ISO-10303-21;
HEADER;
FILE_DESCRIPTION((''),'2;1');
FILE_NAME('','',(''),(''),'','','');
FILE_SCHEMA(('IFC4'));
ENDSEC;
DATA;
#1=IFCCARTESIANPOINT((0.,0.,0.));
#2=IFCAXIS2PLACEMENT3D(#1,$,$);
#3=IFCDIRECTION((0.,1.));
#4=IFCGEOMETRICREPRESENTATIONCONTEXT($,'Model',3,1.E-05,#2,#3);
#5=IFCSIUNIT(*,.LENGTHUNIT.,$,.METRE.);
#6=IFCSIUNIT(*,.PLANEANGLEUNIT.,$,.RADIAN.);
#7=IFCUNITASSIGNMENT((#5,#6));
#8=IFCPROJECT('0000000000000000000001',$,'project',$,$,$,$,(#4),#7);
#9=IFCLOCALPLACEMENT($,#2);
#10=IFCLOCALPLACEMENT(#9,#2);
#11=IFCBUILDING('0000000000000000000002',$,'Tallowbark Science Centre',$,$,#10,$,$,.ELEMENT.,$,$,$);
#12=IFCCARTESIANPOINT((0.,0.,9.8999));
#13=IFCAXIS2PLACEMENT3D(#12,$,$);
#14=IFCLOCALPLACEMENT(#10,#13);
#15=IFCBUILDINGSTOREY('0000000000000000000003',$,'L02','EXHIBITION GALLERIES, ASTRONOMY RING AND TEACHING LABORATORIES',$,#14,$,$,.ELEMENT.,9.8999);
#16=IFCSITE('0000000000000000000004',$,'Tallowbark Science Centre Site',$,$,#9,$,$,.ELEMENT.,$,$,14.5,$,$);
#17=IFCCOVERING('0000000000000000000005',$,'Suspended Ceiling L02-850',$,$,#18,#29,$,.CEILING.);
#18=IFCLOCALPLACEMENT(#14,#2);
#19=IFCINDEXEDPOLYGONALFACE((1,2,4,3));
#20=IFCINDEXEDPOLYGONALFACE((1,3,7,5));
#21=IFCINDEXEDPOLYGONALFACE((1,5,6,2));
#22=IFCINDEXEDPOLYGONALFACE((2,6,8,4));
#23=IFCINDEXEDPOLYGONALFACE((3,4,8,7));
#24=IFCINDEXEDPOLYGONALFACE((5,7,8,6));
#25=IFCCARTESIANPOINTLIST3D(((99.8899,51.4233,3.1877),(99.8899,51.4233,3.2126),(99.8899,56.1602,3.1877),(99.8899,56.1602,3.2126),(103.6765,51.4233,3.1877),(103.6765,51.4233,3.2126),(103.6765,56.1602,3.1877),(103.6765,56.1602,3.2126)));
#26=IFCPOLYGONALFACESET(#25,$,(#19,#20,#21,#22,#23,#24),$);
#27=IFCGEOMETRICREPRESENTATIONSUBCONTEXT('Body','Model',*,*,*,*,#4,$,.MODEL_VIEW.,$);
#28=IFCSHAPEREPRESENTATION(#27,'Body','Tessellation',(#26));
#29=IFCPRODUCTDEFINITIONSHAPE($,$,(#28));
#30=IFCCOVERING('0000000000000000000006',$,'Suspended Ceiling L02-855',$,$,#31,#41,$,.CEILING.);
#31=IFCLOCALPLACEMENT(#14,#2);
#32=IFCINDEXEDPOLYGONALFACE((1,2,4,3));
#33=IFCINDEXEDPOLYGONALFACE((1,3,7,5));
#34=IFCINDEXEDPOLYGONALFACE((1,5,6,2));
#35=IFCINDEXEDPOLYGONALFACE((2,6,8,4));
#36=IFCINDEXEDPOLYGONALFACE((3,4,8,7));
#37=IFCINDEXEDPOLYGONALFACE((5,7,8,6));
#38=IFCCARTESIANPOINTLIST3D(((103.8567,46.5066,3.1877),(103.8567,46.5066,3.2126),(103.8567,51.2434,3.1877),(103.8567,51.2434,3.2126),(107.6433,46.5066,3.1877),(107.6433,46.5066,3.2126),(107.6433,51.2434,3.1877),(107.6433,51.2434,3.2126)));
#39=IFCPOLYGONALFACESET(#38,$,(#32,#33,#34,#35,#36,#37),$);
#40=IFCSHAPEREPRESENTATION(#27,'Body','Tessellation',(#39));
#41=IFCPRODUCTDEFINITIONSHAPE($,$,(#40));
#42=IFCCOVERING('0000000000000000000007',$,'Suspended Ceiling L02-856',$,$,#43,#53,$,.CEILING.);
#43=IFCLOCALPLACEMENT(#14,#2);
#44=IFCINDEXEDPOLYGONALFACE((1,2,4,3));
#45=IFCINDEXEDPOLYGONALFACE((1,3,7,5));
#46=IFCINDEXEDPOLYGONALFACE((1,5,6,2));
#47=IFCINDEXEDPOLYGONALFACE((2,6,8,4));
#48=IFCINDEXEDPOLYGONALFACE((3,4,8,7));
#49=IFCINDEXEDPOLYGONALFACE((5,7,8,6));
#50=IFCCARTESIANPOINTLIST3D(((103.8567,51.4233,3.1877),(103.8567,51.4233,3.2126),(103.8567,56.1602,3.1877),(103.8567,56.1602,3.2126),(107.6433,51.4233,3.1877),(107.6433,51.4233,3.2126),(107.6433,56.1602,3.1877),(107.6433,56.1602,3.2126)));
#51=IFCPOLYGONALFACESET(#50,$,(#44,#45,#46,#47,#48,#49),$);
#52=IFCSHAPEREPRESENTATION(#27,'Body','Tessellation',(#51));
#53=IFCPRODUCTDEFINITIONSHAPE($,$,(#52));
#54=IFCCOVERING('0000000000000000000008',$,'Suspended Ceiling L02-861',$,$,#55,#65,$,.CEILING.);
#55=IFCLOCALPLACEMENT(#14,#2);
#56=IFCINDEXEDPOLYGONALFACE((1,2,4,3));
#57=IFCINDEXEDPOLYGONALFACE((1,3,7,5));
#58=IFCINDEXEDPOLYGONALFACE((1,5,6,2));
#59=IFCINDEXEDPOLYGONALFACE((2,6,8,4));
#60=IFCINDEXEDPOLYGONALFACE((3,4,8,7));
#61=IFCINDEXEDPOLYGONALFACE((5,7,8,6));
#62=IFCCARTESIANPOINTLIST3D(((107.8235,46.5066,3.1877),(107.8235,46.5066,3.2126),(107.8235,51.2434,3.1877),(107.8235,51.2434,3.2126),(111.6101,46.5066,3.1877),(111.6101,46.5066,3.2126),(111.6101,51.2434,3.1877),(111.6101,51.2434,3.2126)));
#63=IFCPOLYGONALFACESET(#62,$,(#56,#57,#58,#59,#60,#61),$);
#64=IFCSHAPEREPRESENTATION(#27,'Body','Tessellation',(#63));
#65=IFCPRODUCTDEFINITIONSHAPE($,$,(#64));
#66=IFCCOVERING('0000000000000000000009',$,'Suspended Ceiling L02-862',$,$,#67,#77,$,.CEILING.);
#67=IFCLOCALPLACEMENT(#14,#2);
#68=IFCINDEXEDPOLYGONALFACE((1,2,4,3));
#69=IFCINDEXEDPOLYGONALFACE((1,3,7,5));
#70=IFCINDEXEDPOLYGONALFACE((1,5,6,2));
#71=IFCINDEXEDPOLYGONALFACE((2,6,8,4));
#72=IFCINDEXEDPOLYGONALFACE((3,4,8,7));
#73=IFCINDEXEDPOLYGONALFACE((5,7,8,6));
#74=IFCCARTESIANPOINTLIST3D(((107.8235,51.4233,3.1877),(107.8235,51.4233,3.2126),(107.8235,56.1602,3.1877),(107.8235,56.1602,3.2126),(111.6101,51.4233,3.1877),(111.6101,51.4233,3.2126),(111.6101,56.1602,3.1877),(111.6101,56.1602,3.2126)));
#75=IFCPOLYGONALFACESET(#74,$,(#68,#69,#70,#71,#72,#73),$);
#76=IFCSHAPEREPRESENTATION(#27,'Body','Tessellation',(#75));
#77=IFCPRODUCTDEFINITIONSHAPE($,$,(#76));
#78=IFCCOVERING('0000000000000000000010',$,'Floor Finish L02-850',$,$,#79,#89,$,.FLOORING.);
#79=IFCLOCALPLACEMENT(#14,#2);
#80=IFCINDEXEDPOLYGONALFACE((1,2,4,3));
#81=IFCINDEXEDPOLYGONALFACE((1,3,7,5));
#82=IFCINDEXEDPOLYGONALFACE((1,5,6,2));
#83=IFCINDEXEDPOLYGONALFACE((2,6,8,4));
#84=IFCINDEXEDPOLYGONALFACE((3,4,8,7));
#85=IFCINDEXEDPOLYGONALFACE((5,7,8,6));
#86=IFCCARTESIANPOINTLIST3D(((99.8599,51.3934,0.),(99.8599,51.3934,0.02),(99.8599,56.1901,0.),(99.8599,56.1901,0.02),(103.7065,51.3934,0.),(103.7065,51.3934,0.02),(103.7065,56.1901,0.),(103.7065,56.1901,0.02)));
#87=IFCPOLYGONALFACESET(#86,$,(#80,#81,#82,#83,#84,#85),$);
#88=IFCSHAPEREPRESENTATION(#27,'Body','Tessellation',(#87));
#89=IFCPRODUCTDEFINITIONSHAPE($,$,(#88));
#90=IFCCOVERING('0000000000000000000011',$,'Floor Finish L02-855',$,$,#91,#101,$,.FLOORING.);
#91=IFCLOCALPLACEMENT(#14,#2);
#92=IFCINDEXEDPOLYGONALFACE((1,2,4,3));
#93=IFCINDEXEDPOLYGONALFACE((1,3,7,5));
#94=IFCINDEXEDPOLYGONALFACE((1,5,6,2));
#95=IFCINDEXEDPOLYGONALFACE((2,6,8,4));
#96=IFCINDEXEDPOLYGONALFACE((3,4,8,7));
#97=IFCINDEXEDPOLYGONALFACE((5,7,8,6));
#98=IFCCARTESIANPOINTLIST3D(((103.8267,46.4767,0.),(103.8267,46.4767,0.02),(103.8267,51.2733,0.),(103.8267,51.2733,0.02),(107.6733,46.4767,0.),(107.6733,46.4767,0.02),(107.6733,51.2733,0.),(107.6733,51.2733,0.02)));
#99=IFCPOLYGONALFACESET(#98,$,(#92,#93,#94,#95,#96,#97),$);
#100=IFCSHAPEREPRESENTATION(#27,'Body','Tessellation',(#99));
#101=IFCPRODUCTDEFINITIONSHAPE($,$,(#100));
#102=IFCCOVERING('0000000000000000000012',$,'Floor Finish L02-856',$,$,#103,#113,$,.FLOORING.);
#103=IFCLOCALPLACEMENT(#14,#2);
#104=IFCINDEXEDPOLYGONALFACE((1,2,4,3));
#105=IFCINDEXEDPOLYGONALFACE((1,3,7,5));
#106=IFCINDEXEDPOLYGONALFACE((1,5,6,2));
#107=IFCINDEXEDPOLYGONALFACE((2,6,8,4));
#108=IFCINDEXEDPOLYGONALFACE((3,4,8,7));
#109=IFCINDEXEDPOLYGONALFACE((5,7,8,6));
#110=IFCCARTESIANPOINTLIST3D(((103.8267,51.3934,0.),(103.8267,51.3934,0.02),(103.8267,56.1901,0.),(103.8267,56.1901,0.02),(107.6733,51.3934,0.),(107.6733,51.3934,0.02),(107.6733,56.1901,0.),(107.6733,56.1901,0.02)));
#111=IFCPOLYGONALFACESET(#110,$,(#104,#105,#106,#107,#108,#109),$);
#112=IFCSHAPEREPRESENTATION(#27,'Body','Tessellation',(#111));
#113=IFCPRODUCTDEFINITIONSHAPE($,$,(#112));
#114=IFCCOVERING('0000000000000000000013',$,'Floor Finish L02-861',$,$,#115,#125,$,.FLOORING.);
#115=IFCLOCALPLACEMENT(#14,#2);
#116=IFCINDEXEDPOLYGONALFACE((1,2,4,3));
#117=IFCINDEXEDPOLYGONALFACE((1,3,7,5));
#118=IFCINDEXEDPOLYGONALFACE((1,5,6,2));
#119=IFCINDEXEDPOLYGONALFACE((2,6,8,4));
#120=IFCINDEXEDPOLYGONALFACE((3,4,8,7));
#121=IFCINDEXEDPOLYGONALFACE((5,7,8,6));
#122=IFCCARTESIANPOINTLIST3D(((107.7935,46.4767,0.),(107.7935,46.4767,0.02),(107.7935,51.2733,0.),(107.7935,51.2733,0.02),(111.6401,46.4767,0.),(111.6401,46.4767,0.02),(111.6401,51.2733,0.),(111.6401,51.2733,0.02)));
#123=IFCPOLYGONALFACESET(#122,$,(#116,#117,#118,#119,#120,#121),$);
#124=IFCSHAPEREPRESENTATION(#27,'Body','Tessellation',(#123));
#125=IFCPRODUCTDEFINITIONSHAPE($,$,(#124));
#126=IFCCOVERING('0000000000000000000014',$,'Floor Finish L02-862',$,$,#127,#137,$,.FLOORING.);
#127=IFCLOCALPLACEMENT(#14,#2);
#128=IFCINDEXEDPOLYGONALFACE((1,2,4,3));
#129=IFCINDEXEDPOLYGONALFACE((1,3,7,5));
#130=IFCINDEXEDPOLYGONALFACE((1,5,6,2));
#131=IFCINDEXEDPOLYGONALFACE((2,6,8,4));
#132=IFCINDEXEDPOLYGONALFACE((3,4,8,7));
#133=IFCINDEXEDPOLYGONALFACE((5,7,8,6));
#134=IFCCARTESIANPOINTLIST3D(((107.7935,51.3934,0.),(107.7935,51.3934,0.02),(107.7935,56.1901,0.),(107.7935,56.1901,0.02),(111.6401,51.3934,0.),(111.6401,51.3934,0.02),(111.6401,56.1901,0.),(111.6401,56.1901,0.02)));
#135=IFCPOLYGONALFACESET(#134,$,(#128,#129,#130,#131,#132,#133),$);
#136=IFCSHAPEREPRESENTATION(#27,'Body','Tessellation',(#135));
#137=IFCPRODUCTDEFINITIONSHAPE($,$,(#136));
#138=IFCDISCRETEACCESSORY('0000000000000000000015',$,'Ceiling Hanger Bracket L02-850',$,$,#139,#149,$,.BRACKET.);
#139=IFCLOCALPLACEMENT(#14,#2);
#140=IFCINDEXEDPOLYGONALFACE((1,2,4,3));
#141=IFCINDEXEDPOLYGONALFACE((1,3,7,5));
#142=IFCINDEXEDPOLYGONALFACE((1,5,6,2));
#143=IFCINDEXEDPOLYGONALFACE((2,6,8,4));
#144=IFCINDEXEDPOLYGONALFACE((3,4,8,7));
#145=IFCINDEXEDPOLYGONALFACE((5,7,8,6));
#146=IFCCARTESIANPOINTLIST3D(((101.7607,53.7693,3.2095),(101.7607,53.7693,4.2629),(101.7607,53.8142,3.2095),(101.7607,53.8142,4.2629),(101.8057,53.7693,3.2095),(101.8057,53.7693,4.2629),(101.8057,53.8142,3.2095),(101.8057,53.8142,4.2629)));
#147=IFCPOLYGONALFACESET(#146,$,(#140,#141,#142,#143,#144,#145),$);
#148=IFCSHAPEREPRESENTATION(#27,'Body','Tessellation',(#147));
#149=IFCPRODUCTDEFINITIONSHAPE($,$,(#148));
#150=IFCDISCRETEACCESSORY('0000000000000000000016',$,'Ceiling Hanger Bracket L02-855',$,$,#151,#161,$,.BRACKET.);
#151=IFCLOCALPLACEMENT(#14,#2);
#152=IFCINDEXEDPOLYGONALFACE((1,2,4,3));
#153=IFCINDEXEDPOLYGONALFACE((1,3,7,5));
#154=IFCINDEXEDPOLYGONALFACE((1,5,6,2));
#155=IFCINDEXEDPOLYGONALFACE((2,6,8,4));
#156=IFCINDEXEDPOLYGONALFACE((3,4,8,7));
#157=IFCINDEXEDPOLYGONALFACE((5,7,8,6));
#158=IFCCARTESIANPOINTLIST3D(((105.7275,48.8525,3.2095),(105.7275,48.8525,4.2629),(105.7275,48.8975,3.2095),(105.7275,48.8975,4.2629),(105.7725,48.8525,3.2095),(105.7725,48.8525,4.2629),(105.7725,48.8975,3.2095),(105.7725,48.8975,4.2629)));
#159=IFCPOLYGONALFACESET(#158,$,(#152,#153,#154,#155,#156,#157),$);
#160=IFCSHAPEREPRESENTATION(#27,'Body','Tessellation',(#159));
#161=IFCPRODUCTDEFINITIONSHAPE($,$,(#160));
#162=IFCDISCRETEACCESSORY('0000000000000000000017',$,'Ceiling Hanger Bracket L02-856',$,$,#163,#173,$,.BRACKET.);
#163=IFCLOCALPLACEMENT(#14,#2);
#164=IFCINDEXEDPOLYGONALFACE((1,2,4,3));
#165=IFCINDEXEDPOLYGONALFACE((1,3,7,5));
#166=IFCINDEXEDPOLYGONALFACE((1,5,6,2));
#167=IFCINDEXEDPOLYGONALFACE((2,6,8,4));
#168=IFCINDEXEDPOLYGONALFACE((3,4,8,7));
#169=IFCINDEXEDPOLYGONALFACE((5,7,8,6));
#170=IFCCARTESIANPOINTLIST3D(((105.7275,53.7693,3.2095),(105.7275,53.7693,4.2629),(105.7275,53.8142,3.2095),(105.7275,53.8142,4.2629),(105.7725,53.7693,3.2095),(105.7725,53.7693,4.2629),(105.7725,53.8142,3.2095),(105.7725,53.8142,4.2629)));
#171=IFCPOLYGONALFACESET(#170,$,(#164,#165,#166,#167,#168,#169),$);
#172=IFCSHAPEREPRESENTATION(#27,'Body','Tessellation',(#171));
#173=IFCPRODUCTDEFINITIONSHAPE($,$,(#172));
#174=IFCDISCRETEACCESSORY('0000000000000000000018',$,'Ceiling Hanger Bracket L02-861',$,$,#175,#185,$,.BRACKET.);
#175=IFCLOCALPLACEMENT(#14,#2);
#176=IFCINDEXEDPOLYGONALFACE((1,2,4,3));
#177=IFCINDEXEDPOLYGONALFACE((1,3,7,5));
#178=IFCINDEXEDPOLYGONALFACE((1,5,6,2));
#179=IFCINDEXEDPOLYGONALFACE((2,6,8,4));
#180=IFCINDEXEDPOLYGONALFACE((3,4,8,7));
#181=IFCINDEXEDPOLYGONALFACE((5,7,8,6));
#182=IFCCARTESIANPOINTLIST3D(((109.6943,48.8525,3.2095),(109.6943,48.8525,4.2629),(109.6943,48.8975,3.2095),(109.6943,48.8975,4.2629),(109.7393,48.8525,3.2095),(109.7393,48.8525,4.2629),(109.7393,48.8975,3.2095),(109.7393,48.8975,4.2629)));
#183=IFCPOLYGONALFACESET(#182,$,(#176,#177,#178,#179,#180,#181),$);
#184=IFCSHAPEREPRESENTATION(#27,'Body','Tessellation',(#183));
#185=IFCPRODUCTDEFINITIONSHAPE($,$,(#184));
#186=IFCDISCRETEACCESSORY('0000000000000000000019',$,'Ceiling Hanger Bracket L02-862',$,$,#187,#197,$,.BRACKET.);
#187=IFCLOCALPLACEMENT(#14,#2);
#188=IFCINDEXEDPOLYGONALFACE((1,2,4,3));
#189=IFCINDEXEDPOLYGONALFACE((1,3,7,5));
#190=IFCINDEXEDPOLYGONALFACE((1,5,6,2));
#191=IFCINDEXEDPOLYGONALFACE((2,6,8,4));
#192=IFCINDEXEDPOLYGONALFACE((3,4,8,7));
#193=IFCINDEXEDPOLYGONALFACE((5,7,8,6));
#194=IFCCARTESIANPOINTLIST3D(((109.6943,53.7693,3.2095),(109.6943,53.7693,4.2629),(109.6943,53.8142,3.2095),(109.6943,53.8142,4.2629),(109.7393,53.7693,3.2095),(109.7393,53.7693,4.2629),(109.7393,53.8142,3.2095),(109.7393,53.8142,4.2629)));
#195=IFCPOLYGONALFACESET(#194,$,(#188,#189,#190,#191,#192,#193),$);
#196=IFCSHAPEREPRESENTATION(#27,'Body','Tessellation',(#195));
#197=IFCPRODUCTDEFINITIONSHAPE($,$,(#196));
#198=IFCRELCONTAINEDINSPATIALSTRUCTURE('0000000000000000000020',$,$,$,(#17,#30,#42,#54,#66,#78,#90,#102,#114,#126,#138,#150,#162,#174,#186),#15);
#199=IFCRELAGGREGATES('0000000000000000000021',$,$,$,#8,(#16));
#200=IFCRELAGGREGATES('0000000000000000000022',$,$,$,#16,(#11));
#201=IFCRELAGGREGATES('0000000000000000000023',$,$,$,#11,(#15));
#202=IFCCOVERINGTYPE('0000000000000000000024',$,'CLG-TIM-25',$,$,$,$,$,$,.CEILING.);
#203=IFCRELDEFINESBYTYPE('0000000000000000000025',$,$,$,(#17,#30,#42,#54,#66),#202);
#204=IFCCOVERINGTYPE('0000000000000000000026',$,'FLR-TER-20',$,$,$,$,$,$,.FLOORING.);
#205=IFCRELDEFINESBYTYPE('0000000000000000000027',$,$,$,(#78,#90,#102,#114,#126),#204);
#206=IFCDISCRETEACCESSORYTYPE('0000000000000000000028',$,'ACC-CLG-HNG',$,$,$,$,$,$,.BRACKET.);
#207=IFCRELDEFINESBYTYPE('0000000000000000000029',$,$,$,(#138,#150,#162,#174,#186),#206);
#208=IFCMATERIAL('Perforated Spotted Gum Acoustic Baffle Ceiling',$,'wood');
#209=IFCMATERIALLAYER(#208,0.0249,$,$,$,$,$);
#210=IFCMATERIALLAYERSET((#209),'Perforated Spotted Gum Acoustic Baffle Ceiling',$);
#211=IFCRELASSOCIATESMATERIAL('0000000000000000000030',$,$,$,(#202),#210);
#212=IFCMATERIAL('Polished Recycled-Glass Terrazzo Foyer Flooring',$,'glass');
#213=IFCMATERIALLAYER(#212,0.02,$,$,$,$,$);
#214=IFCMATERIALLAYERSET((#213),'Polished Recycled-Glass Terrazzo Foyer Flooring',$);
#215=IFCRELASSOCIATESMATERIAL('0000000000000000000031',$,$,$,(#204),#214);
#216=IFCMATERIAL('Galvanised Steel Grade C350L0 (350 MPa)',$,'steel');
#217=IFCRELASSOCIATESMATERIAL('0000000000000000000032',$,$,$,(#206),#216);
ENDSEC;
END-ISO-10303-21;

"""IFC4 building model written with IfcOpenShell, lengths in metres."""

from ifc_helpers import new_model, si_unit, direction, frame, origin, origin_2d, place, context, subcontext, project, spatial, rectangle, extrude, material, layer, layer_set, type_object, element, save


model = new_model("IFC4")

# Units and contexts
model_context = context("Model", 3, precision=1e-05, world=origin(), true_north=direction((0.0, 1.0)))
body_context = subcontext(model_context, "Body", "Model", "MODEL_VIEW")
ifc_project = project(units=[si_unit("LENGTHUNIT", "METRE"), si_unit("PLANEANGLEUNIT", "RADIAN")], contexts=[model_context])

# Site, building, storey
site_placement = place(None, origin())
site = spatial("IfcSite", under=ifc_project, at=site_placement, Name="Tallowbark Science Centre Site", CompositionType="ELEMENT", RefElevation=14.5)
building_placement = place(site_placement, origin())
building = spatial("IfcBuilding", under=site, at=building_placement, Name="Tallowbark Science Centre", CompositionType="ELEMENT")
storey_placement = place(building_placement, frame((0.0, 0.0, 9.8999)))
storey = spatial("IfcBuildingStorey", under=building, at=storey_placement, Name="L02", Description="EXHIBITION GALLERIES, ASTRONOMY RING AND TEACHING LABORATORIES", CompositionType="ELEMENT", Elevation=9.8999)

# Coverings
ifc_material_1 = material(Name="Perforated Spotted Gum Acoustic Baffle Ceiling", Category="wood")
ifc_layer_1 = layer(ifc_material_1, 0.0249)
ifc_layer_set_1 = layer_set([ifc_layer_1], Name="Perforated Spotted Gum Acoustic Baffle Ceiling")
covering_type_1 = type_object("IfcCoveringType", Name="CLG-TIM-25", PredefinedType="CEILING", material=ifc_layer_set_1)
for number, where, z_axis, x_axis, name in (
    (1, (101.7832, 53.7917, 3.1877), (0.0, 0.0, 1.0), (1.0, 0.0, 0.0), "Suspended Ceiling L02-850"),
    (2, (105.75, 48.875, 3.1877), (0.0, 0.0, 1.0), (1.0, 0.0, 0.0), "Suspended Ceiling L02-855"),
    (3, (105.75, 53.7917, 3.1877), (0.0, 0.0, 1.0), (1.0, 0.0, 0.0), "Suspended Ceiling L02-856"),
    (4, (109.7168, 48.875, 3.1877), (0.0, 0.0, 1.0), (1.0, 0.0, 0.0), "Suspended Ceiling L02-861"),
    (5, (109.7168, 53.7917, 3.1877), (0.0, 0.0, 1.0), (1.0, 0.0, 0.0), "Suspended Ceiling L02-862"),
):
    element("IfcCovering", number, at=place(storey_placement, frame(where, z_axis=z_axis, x_axis=x_axis)), inside=storey, type_object=covering_type_1, Name=name, PredefinedType="CEILING", context=body_context, shape_type="SweptSolid", body=[
        extrude(rectangle(XDim=3.7866, YDim=4.7368, at=origin_2d()), origin(), (0.0, 0.0, 1.0), 0.0249),
    ])
ifc_material_2 = material(Name="Polished Recycled-Glass Terrazzo Foyer Flooring", Category="glass")
ifc_layer_2 = layer(ifc_material_2, 0.02)
ifc_layer_set_2 = layer_set([ifc_layer_2], Name="Polished Recycled-Glass Terrazzo Foyer Flooring")
covering_type_2 = type_object("IfcCoveringType", Name="FLR-TER-20", PredefinedType="FLOORING", material=ifc_layer_set_2)
for number, where, z_axis, x_axis, name in (
    (6, (101.7832, 53.7917, 0.0), (0.0, 0.0, 1.0), (1.0, 0.0, 0.0), "Floor Finish L02-850"),
    (7, (105.75, 48.875, 0.0), (0.0, 0.0, 1.0), (1.0, 0.0, 0.0), "Floor Finish L02-855"),
    (8, (105.75, 53.7917, 0.0), (0.0, 0.0, 1.0), (1.0, 0.0, 0.0), "Floor Finish L02-856"),
    (9, (109.7168, 48.875, 0.0), (0.0, 0.0, 1.0), (1.0, 0.0, 0.0), "Floor Finish L02-861"),
    (10, (109.7168, 53.7917, 0.0), (0.0, 0.0, 1.0), (1.0, 0.0, 0.0), "Floor Finish L02-862"),
):
    element("IfcCovering", number, at=place(storey_placement, frame(where, z_axis=z_axis, x_axis=x_axis)), inside=storey, type_object=covering_type_2, Name=name, PredefinedType="FLOORING", context=body_context, shape_type="SweptSolid", body=[
        extrude(rectangle(XDim=3.8467, YDim=4.7966, at=origin_2d()), origin(), (0.0, 0.0, 1.0), 0.02),
    ])

# Discrete accessories
ifc_material_3 = material(Name="Galvanised Steel Grade C350L0 (350 MPa)", Category="steel")
discrete_accessory_type = type_object("IfcDiscreteAccessoryType", Name="ACC-CLG-HNG", PredefinedType="BRACKET", material=ifc_material_3)
for number, where, z_axis, x_axis, name in (
    (11, (101.7832, 53.7917, 3.2095), (0.0, 0.0, 1.0), (1.0, 0.0, 0.0), "Ceiling Hanger Bracket L02-850"),
    (12, (105.75, 48.875, 3.2095), (0.0, 0.0, 1.0), (1.0, 0.0, 0.0), "Ceiling Hanger Bracket L02-855"),
    (13, (105.75, 53.7917, 3.2095), (0.0, 0.0, 1.0), (1.0, 0.0, 0.0), "Ceiling Hanger Bracket L02-856"),
    (14, (109.7168, 48.875, 3.2095), (0.0, 0.0, 1.0), (1.0, 0.0, 0.0), "Ceiling Hanger Bracket L02-861"),
    (15, (109.7168, 53.7917, 3.2095), (0.0, 0.0, 1.0), (1.0, 0.0, 0.0), "Ceiling Hanger Bracket L02-862"),
):
    element("IfcDiscreteAccessory", number, at=place(storey_placement, frame(where, z_axis=z_axis, x_axis=x_axis)), inside=storey, type_object=discrete_accessory_type, Name=name, PredefinedType="BRACKET", context=body_context, shape_type="SweptSolid", body=[
        extrude(rectangle(XDim=0.0449, YDim=0.0449, at=origin_2d()), origin(), (0.0, 0.0, 1.0), 1.0535),
    ])

save(model, "model.ifc")
